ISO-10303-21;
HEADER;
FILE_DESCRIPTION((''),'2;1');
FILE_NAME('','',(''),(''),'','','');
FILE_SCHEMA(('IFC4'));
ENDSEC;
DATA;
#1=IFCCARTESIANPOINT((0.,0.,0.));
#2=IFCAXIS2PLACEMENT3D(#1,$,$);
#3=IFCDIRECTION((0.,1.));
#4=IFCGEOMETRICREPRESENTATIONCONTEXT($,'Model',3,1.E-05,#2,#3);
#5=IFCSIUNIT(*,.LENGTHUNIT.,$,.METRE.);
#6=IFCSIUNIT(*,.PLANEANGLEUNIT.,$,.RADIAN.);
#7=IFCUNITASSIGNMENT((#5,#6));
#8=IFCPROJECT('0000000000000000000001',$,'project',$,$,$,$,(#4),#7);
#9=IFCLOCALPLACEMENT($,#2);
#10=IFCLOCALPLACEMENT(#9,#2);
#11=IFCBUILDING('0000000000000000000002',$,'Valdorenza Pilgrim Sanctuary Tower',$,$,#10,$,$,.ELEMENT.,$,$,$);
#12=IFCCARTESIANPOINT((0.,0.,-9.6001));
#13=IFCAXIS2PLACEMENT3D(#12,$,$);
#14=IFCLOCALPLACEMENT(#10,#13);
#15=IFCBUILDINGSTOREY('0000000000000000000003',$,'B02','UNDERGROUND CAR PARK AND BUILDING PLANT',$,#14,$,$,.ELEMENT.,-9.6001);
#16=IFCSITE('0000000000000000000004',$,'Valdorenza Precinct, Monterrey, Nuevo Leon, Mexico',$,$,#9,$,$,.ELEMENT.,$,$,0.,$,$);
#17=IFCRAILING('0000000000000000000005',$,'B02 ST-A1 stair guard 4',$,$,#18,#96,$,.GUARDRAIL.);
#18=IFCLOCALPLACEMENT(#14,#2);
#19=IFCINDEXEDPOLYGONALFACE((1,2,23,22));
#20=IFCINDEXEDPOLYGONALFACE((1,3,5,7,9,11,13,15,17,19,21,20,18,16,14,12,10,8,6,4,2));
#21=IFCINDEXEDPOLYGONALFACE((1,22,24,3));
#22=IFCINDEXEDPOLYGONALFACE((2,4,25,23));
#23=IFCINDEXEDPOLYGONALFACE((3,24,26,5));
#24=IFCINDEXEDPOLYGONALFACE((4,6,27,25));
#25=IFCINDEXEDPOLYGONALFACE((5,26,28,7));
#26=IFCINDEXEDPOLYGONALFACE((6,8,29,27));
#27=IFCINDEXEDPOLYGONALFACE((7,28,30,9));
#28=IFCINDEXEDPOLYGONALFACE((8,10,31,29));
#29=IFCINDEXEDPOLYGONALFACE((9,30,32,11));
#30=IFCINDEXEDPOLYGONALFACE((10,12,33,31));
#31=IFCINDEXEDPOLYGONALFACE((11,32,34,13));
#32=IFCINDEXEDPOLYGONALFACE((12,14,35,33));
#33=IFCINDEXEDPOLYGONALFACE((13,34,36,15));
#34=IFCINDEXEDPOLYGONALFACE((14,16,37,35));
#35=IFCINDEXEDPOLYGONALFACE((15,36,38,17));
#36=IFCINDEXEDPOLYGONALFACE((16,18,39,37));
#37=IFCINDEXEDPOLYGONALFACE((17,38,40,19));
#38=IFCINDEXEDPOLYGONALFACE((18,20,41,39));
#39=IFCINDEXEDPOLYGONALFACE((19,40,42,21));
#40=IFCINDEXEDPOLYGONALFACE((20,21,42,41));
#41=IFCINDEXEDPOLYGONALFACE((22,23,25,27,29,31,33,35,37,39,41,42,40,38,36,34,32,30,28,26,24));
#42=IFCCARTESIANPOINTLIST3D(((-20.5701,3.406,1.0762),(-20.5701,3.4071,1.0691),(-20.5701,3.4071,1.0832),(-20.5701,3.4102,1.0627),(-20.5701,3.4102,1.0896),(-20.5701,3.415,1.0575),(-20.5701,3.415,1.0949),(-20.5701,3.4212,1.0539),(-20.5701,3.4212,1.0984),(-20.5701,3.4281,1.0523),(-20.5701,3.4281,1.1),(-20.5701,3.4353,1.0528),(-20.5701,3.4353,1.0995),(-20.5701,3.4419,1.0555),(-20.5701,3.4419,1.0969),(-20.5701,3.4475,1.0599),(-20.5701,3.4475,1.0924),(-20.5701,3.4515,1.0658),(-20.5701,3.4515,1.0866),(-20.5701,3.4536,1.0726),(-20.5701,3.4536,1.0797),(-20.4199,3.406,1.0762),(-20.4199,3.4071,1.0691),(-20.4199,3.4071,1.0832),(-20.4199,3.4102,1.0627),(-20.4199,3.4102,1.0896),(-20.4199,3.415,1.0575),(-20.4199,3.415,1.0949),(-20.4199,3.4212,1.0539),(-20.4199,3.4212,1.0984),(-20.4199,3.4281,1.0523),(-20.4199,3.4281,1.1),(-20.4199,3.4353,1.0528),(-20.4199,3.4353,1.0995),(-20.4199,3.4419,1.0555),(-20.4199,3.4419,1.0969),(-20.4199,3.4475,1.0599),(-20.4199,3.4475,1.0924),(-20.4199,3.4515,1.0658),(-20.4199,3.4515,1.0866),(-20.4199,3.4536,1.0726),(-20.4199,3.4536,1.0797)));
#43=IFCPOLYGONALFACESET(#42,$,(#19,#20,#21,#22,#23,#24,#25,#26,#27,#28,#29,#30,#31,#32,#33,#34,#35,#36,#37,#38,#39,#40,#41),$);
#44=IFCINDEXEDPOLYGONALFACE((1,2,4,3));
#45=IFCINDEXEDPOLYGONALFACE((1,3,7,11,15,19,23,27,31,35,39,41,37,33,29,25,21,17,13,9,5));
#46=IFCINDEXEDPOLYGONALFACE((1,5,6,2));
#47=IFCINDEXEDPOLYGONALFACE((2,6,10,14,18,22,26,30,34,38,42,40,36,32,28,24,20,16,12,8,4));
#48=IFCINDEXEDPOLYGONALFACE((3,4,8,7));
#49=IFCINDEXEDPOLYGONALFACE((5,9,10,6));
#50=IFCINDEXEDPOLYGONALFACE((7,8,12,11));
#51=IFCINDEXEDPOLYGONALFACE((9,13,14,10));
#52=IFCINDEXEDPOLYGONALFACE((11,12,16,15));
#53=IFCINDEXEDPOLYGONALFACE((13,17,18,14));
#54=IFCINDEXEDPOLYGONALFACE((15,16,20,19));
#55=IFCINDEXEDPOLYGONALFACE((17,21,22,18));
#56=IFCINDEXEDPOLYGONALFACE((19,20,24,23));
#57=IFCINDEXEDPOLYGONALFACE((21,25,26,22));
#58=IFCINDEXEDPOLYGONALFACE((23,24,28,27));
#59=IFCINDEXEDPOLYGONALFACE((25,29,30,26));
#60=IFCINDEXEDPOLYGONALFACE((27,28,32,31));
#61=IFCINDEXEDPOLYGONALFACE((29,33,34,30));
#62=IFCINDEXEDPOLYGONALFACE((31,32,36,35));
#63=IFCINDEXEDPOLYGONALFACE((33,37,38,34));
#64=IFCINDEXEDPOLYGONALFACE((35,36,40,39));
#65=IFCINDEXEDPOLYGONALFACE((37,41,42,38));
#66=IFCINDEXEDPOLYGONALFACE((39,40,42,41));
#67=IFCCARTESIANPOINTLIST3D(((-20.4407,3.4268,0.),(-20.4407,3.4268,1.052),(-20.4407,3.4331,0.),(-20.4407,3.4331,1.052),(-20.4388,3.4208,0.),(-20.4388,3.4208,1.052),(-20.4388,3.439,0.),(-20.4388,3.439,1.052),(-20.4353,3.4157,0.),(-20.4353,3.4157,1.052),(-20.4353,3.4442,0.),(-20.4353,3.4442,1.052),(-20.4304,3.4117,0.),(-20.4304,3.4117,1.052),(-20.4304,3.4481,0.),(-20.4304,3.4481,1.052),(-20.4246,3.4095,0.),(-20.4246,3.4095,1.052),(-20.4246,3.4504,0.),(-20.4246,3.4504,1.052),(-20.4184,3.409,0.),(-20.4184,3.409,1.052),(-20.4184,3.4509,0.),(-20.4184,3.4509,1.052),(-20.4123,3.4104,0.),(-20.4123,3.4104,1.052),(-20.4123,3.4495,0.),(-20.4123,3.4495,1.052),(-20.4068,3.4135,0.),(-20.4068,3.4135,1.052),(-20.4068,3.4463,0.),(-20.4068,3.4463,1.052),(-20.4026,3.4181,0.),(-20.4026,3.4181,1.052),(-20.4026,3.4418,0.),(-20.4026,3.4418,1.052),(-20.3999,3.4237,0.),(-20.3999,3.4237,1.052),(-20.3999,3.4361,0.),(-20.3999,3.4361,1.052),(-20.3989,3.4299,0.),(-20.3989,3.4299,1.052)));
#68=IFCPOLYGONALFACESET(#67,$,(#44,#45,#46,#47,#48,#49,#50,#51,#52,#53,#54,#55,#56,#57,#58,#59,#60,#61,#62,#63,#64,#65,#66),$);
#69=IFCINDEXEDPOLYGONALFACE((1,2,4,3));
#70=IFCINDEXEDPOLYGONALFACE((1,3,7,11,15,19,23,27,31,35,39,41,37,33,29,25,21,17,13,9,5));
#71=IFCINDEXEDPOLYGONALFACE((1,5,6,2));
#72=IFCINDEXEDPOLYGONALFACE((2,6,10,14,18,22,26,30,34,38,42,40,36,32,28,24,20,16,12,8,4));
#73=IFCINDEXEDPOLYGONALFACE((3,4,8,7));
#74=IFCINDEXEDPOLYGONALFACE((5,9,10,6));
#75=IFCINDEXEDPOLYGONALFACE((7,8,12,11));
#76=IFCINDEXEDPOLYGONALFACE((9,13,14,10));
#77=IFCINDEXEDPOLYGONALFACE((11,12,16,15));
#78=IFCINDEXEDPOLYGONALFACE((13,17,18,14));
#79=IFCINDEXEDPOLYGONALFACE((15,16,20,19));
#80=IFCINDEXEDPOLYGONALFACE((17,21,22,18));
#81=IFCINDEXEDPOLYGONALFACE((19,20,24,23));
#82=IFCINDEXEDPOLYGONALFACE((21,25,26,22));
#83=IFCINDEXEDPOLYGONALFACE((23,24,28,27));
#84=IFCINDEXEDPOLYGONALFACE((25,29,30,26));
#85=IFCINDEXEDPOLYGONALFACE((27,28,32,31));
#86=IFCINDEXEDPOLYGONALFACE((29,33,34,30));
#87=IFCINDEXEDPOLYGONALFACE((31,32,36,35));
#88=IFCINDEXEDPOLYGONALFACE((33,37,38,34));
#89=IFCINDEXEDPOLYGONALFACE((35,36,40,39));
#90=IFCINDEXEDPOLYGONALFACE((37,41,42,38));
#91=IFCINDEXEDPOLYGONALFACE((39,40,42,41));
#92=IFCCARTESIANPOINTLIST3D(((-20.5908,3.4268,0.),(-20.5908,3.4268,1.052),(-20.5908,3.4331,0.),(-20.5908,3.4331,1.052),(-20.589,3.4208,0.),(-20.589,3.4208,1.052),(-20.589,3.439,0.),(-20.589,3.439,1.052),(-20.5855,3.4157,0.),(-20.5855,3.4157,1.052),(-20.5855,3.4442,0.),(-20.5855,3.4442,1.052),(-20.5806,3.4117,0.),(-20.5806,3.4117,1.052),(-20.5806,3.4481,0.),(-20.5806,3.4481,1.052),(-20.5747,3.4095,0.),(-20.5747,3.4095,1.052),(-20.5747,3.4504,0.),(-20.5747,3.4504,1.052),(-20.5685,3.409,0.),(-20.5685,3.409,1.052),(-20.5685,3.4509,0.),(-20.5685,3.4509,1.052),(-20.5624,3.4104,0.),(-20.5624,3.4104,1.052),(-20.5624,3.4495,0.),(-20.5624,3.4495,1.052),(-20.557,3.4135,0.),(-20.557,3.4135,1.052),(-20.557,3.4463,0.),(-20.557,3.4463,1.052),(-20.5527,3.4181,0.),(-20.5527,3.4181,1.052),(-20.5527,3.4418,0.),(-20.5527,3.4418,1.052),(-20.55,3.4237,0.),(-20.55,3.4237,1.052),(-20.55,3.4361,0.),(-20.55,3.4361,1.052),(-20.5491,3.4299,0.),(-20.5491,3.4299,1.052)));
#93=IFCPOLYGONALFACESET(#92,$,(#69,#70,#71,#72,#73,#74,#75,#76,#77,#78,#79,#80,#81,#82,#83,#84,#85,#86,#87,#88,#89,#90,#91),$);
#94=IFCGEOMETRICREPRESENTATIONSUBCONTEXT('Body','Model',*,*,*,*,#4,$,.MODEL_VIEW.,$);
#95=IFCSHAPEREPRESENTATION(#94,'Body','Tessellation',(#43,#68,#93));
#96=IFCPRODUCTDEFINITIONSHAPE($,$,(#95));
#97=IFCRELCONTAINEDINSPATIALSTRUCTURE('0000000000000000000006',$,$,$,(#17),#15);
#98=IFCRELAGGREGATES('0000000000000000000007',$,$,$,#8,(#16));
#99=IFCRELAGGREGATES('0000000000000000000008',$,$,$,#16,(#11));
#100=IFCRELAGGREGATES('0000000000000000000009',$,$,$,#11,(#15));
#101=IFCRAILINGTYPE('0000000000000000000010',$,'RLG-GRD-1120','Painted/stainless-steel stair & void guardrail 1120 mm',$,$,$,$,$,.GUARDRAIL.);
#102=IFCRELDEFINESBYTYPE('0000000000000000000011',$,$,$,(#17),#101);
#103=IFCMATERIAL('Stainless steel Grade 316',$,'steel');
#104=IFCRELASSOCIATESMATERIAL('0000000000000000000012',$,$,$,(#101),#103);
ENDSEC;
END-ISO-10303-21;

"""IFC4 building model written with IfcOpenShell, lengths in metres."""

from ifc_helpers import new_model, si_unit, direction, frame, origin, origin_2d, place, context, subcontext, project, spatial, circle, extrude, material, type_object, element, save


model = new_model("IFC4")

# Units and contexts
model_context = context("Model", 3, precision=1e-05, world=origin(), true_north=direction((0.0, 1.0)))
body_context = subcontext(model_context, "Body", "Model", "MODEL_VIEW")
ifc_project = project(units=[si_unit("LENGTHUNIT", "METRE"), si_unit("PLANEANGLEUNIT", "RADIAN")], contexts=[model_context])

# Site, building, storey
site_placement = place(None, origin())
site = spatial("IfcSite", under=ifc_project, at=site_placement, Name="Valdorenza Precinct, Monterrey, Nuevo Leon, Mexico", CompositionType="ELEMENT", RefElevation=0.0)
building_placement = place(site_placement, origin())
building = spatial("IfcBuilding", under=site, at=building_placement, Name="Valdorenza Pilgrim Sanctuary Tower", CompositionType="ELEMENT")
storey_placement = place(building_placement, frame((0.0, 0.0, -9.6001)))
storey = spatial("IfcBuildingStorey", under=building, at=storey_placement, Name="B02", Description="UNDERGROUND CAR PARK AND BUILDING PLANT", CompositionType="ELEMENT", Elevation=-9.6001)

# Railing
ifc_material_1 = material(Name="Stainless steel Grade 316", Category="steel")
railing_type_1 = type_object("IfcRailingType", Name="RLG-GRD-1120", Description="Painted/stainless-steel stair & void guardrail 1120 mm", PredefinedType="GUARDRAIL", material=ifc_material_1)
railing_1_placement = place(storey_placement, frame((-20.4199, 3.4299, 0.0)))
element("IfcRailing", 1, at=railing_1_placement, inside=storey, type_object=railing_type_1, Name="B02 ST-A1 stair guard 4", PredefinedType="GUARDRAIL", context=body_context, shape_type="SweptSolid", body=[
    extrude(circle(Radius=0.0239, at=origin_2d()), frame((0.0, 0.0, 1.0762), z_axis=(-1.0, 0.0, 0.0), x_axis=(0.0, -1.0, 0.0)), (0.0, 0.0, 1.0), 0.1501),
    extrude(circle(Radius=0.021, at=origin_2d()), origin(), (0.0, 0.0, 1.0), 1.052),
    extrude(circle(Radius=0.021, at=origin_2d()), frame((-0.1501, 0.0, 0.0)), (0.0, 0.0, 1.0), 1.052),
])

save(model, "model.ifc")
